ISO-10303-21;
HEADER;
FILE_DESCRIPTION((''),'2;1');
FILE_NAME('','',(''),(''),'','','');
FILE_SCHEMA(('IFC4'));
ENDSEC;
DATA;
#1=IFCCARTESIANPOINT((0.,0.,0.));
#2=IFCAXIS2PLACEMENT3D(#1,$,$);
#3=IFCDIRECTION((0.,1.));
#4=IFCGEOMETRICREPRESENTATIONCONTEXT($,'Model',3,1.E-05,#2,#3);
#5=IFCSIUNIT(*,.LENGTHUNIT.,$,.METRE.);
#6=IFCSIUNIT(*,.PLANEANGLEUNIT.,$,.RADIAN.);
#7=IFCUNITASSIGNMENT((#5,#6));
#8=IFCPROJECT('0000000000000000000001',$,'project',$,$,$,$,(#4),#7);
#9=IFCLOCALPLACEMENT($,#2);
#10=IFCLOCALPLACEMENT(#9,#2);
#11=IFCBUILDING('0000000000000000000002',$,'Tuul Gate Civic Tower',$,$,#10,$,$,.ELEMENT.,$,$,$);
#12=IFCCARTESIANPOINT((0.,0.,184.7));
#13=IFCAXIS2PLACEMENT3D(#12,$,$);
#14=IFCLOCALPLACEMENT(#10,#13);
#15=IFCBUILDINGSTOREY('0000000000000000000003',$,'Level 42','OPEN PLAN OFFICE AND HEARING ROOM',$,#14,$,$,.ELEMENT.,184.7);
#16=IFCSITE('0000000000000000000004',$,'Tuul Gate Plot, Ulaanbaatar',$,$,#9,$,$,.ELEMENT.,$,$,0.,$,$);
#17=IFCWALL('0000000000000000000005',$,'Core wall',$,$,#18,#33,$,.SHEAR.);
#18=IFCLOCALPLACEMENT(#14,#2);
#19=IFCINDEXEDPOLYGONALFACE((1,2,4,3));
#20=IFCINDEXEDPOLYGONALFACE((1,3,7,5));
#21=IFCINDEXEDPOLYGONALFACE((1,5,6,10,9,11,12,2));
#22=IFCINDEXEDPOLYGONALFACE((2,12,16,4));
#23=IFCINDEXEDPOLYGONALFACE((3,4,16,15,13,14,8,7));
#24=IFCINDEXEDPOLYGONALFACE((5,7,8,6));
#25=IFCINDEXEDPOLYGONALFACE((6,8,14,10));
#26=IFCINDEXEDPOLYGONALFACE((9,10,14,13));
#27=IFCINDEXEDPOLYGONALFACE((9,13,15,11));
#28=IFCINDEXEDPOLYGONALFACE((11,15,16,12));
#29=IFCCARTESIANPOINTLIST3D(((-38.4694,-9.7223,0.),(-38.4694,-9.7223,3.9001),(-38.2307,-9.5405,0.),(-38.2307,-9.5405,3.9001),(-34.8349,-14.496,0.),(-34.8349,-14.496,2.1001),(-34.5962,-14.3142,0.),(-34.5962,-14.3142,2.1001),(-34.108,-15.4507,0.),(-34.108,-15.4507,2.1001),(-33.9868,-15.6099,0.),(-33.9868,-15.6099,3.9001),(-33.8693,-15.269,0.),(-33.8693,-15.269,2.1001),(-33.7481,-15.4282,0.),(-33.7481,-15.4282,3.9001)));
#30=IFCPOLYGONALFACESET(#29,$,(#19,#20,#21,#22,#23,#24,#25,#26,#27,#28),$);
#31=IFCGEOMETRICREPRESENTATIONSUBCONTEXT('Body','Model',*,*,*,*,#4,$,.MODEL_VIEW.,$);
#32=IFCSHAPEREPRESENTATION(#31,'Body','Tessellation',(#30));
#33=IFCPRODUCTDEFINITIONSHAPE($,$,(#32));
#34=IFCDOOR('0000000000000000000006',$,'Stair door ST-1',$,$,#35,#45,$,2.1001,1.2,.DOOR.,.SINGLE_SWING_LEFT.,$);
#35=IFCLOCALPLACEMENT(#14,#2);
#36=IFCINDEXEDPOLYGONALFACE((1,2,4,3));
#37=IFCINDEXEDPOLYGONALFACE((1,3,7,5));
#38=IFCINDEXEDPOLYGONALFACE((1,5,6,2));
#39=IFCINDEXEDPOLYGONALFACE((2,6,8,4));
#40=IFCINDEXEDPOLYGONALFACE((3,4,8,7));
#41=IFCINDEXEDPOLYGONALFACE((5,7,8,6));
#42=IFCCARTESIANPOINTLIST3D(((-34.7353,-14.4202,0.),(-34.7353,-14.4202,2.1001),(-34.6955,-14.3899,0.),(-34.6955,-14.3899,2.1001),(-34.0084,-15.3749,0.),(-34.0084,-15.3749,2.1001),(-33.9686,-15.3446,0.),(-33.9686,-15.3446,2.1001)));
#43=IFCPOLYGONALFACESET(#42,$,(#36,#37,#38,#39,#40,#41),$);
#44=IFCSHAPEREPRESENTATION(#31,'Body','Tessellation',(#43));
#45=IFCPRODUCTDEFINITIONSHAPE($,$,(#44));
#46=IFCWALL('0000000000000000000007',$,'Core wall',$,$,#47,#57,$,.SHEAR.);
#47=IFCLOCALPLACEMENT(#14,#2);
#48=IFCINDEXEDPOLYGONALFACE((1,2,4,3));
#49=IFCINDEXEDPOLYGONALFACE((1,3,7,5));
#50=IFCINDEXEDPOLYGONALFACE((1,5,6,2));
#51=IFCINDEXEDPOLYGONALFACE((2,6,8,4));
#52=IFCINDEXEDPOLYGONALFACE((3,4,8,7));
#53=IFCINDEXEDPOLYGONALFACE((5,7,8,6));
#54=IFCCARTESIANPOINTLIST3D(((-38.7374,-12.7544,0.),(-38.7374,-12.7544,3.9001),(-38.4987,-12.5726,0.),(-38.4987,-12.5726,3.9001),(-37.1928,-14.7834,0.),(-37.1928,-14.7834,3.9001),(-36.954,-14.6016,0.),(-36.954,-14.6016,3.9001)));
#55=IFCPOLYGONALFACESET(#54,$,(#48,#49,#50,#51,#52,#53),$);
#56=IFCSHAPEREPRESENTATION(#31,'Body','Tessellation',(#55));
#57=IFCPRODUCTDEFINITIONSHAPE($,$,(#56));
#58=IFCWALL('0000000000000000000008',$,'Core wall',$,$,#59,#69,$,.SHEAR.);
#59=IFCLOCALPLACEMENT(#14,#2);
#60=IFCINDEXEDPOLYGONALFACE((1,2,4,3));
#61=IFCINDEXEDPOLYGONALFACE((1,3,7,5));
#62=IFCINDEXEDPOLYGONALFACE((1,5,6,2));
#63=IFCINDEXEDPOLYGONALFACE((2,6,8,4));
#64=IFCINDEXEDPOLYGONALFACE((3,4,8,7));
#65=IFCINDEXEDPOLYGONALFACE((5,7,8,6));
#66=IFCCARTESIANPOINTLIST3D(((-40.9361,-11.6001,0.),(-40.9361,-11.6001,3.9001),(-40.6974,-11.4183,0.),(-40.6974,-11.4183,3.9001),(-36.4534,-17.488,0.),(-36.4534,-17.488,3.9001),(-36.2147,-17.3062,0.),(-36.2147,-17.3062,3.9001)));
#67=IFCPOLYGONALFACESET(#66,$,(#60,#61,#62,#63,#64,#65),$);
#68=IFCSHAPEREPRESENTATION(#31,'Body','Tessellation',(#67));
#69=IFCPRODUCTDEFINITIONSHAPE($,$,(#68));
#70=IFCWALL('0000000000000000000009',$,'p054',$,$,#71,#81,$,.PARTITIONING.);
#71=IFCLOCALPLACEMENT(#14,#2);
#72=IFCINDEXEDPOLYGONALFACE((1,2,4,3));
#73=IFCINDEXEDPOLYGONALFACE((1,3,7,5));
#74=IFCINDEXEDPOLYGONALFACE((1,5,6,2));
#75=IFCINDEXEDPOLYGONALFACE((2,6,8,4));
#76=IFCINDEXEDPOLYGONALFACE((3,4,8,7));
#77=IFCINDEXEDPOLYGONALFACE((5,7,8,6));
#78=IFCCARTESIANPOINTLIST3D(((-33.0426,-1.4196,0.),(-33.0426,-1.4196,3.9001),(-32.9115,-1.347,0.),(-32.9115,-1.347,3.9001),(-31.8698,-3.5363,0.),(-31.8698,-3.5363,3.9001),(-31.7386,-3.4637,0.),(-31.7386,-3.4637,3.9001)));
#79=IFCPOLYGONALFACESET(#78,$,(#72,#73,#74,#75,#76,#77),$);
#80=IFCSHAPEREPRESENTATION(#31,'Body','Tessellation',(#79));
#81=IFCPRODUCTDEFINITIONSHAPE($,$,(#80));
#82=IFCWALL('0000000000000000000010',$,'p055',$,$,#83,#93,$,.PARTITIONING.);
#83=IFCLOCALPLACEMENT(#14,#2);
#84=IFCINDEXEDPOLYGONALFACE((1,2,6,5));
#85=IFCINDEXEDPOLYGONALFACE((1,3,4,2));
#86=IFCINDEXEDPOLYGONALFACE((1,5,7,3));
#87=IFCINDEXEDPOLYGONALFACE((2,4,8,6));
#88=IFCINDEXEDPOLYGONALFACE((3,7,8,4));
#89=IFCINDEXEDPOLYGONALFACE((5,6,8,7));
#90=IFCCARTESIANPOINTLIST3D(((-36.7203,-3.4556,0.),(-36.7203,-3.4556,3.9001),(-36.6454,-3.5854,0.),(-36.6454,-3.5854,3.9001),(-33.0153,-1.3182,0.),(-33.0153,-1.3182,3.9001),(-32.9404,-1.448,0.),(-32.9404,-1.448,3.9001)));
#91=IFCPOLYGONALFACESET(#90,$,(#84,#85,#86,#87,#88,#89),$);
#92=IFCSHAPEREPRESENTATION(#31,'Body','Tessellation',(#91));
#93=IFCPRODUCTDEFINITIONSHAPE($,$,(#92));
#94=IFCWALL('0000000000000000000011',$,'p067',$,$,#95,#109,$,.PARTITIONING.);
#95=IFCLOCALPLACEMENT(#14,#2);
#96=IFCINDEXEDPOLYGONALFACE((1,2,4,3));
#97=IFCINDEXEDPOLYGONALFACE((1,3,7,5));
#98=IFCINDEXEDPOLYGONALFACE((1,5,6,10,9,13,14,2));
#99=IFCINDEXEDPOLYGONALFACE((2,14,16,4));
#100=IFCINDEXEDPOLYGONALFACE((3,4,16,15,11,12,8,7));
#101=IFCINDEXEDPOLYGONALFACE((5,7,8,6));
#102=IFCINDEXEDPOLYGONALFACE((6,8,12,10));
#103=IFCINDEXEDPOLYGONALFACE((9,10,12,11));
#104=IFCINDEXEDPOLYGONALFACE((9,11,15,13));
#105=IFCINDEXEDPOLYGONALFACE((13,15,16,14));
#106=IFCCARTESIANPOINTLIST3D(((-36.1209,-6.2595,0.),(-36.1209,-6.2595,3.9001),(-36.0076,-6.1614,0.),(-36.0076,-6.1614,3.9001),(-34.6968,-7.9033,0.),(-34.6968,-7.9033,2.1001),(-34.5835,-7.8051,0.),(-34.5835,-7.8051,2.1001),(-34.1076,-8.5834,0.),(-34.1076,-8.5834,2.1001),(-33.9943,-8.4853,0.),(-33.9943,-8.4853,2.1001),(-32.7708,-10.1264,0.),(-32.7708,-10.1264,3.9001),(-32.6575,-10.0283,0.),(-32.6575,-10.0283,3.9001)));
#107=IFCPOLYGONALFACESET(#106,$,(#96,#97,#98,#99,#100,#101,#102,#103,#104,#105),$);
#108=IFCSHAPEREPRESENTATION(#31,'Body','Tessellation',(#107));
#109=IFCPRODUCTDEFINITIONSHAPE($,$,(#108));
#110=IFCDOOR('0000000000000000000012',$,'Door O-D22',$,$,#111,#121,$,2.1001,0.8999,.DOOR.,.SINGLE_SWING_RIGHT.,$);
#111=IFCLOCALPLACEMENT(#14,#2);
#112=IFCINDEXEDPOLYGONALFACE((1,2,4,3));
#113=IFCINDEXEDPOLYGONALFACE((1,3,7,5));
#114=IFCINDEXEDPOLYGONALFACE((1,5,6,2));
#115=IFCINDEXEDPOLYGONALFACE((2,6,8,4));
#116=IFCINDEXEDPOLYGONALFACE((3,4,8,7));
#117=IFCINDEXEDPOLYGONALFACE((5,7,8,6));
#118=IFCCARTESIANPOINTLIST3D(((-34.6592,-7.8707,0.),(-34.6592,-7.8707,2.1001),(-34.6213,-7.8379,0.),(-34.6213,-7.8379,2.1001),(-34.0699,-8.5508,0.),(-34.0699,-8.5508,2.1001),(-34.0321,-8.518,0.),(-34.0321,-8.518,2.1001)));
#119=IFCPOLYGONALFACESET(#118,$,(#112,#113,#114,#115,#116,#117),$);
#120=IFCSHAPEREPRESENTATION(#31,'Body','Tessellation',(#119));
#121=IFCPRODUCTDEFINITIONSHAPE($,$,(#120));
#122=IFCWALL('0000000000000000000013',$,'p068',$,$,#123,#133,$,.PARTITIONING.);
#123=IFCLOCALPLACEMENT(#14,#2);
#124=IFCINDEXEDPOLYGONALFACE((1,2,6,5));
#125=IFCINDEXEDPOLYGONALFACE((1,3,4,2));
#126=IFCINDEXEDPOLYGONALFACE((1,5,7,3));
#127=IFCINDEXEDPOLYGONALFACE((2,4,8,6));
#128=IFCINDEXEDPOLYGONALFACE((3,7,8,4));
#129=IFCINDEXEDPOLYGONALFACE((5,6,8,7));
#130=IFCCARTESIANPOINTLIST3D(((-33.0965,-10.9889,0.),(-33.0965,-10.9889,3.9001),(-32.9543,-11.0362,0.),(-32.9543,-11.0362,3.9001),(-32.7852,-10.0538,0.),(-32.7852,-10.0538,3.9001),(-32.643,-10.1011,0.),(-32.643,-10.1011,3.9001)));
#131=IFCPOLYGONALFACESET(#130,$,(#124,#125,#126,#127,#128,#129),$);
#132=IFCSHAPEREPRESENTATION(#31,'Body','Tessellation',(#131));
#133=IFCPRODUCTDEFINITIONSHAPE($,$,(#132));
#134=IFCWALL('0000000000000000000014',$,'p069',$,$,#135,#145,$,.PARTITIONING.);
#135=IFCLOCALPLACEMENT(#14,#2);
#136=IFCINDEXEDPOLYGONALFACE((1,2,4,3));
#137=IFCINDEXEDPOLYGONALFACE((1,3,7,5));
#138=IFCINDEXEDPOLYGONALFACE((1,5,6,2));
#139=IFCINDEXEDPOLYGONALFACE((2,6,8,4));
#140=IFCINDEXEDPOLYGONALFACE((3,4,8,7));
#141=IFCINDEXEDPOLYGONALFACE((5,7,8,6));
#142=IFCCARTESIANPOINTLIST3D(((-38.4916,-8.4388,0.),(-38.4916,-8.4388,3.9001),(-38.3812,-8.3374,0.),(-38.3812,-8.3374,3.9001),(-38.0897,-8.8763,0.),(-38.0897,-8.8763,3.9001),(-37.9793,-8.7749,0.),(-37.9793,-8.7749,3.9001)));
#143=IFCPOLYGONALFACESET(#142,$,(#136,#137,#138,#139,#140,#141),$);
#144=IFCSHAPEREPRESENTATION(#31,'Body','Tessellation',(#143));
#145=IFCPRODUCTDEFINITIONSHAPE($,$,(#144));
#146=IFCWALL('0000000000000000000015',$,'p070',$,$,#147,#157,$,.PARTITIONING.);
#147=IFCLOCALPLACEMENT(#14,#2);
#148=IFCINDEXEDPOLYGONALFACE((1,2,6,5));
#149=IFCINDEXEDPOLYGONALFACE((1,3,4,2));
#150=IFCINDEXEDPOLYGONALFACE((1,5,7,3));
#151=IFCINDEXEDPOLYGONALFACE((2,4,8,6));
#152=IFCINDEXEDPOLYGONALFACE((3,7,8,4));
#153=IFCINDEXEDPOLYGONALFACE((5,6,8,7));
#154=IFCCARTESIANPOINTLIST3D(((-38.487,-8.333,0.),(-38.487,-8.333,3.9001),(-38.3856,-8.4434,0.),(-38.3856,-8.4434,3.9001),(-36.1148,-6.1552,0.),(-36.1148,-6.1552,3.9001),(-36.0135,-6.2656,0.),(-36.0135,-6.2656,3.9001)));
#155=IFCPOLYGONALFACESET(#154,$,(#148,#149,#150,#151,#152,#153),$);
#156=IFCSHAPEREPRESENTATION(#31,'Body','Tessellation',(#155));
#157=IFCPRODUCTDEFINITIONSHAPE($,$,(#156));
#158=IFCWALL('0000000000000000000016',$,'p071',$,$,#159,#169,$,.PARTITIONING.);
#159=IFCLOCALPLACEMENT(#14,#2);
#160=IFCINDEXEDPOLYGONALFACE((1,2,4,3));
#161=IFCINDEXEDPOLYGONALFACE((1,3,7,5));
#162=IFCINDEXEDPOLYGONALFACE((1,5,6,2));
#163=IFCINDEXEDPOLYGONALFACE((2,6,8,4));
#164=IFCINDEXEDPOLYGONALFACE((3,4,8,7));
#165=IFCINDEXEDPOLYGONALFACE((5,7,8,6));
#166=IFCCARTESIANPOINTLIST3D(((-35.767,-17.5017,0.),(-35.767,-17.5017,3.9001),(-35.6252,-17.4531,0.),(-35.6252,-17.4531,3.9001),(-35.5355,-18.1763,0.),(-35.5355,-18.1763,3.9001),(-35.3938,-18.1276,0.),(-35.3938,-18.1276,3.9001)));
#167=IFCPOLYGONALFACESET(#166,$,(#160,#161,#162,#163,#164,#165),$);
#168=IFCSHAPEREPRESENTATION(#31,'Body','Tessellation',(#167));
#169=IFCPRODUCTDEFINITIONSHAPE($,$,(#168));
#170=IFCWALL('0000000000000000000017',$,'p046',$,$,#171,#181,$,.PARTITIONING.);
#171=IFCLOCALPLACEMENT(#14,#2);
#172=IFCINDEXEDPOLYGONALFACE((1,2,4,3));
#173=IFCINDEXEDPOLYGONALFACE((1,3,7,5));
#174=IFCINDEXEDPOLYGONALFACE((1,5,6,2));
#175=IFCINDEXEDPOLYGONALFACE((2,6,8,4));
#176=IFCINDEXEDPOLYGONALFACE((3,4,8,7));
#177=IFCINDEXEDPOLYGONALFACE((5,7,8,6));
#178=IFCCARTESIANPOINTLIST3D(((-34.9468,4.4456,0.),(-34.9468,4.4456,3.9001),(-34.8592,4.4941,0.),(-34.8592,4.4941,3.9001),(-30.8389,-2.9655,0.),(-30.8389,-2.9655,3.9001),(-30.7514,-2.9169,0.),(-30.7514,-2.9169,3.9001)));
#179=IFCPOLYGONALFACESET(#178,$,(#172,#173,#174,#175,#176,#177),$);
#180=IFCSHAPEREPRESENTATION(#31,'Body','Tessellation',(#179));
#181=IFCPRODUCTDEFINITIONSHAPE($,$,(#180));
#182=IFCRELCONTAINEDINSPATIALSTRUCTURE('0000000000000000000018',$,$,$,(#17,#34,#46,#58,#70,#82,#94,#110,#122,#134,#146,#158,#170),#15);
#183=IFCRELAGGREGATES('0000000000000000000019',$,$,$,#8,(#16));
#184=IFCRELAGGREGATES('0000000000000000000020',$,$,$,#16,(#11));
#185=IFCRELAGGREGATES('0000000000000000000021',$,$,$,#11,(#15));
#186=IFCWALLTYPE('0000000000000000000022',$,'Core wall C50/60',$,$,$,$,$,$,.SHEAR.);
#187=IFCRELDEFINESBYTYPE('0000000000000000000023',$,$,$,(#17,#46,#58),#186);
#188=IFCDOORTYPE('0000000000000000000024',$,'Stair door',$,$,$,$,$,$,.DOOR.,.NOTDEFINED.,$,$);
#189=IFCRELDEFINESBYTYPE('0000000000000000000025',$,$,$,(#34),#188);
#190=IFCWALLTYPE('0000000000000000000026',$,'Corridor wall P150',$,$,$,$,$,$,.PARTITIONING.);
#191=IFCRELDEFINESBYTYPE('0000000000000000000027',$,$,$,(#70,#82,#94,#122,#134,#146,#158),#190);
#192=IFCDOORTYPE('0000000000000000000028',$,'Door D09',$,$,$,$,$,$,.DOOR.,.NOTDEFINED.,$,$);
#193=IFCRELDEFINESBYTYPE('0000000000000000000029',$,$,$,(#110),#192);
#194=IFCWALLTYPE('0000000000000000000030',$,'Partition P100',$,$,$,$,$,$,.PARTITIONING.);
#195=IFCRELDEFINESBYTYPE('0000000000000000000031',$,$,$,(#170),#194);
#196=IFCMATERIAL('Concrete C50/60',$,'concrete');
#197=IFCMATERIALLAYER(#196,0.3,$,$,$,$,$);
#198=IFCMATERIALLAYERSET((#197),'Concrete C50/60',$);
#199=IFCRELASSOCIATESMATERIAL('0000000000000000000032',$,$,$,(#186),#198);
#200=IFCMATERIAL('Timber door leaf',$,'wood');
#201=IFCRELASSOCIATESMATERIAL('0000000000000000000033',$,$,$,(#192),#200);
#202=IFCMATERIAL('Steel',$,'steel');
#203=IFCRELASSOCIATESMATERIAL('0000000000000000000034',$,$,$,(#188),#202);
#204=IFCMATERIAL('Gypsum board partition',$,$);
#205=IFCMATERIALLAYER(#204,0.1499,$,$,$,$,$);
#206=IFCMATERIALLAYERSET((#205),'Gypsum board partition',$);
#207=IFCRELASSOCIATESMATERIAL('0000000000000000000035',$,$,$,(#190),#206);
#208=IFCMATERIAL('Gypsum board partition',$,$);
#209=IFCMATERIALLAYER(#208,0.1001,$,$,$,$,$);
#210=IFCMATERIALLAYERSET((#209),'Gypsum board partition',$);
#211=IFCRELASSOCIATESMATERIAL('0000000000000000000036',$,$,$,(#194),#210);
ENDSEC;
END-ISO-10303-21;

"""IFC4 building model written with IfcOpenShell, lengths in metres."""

from ifc_helpers import new_model, si_unit, direction, frame, frame_2d, origin, place, context, subcontext, project, spatial, rectangle, extrude, material, layer, layer_set, type_object, element, fill, save


model = new_model("IFC4")

# Units and contexts
model_context = context("Model", 3, precision=1e-05, world=origin(), true_north=direction((0.0, 1.0)))
body_context = subcontext(model_context, "Body", "Model", "MODEL_VIEW")
ifc_project = project(units=[si_unit("LENGTHUNIT", "METRE"), si_unit("PLANEANGLEUNIT", "RADIAN")], contexts=[model_context])

# Site, building, storey
site_placement = place(None, origin())
site = spatial("IfcSite", under=ifc_project, at=site_placement, Name="Tuul Gate Plot, Ulaanbaatar", CompositionType="ELEMENT", RefElevation=0.0)
building_placement = place(site_placement, origin())
building = spatial("IfcBuilding", under=site, at=building_placement, Name="Tuul Gate Civic Tower", CompositionType="ELEMENT")
storey_placement = place(building_placement, frame((0.0, 0.0, 184.7)))
storey = spatial("IfcBuildingStorey", under=building, at=storey_placement, Name="Level 42", Description="OPEN PLAN OFFICE AND HEARING ROOM", CompositionType="ELEMENT", Elevation=184.7)

# Shared definitions
ifc_material_1 = material(Name="Concrete C50/60", Category="concrete")
ifc_layer_1 = layer(ifc_material_1, 0.3)
ifc_layer_set_1 = layer_set([ifc_layer_1], Name="Concrete C50/60")
wall_type_1 = type_object("IfcWallType", Name="Core wall C50/60", PredefinedType="SHEAR", material=ifc_layer_set_1)

# Wall, opening, door
ifc_material_2 = material(Name="Timber door leaf", Category="wood")
door_type_1 = type_object("IfcDoorType", Name="Door D09", OperationType="NOTDEFINED", PredefinedType="DOOR", material=ifc_material_2)
wall_1_placement = place(storey_placement, frame((-33.8674, -15.519, 0.0), z_axis=(0.0, 0.0, 1.0), x_axis=(-0.60577, 0.79564, 0.0)))
wall_1 = element("IfcWall", 1, at=wall_1_placement, inside=storey, type_object=wall_type_1, Name="Core wall", PredefinedType="SHEAR", context=body_context, shape_type="SweptSolid", body=[
    extrude(rectangle(XDim=7.3999, YDim=0.3, at=frame_2d((3.7, 0.0))), origin(), (0.0, 0.0, 1.0), 3.9001),
])
opening_1_placement = place(wall_1_placement, frame((0.2, 0.0, 0.0)))
opening_1 = element("IfcOpeningElement", 2, at=opening_1_placement, cuts=wall_1, PredefinedType="OPENING", context=body_context, shape_type="SweptSolid", body=[
    extrude(rectangle(XDim=1.2, YDim=2.1001, at=frame_2d((0.6001, 1.05))), frame((0.0, 0.1602, 0.0), z_axis=(0.0, -1.0, 0.0), x_axis=(1.0, 0.0, 0.0)), (0.0, 0.0, 1.0), 0.3201),
])
ifc_material_3 = material(Name="Steel", Category="steel")
door_type_2 = type_object("IfcDoorType", Name="Stair door", OperationType="NOTDEFINED", PredefinedType="DOOR", material=ifc_material_3)
door_1_placement = place(opening_1_placement, origin())
door_1 = element("IfcDoor", 3, at=door_1_placement, inside=storey, type_object=door_type_2, Name="Stair door ST-1", OperationType="SINGLE_SWING_LEFT", OverallHeight=2.1001, OverallWidth=1.2, PredefinedType="DOOR", context=body_context, shape_type="SweptSolid", body=[
    extrude(rectangle(XDim=1.2, YDim=2.1001, at=frame_2d((0.6001, 1.05))), frame((0.0, 0.0249, 0.0), z_axis=(0.0, -1.0, 0.0), x_axis=(1.0, 0.0, 0.0)), (0.0, 0.0, 1.0), 0.05),
])
fill(opening_1, door_1)

# Walls
wall_2_placement = place(storey_placement, frame((-37.0735, -14.6924, 0.0), z_axis=(0.0, 0.0, 1.0), x_axis=(-0.605729, 0.795671, 0.0)))
element("IfcWall", 4, at=wall_2_placement, inside=storey, type_object=wall_type_1, Name="Core wall", PredefinedType="SHEAR", context=body_context, shape_type="SweptSolid", body=[
    extrude(rectangle(XDim=2.55, YDim=0.3, at=frame_2d((1.2749, 0.0))), origin(), (0.0, 0.0, 1.0), 3.9001),
])
wall_3_placement = place(storey_placement, frame((-36.334, -17.3972, 0.0), z_axis=(0.0, 0.0, 1.0), x_axis=(-0.605754, 0.795652, 0.0)))
element("IfcWall", 5, at=wall_3_placement, inside=storey, type_object=wall_type_1, Name="Core wall", PredefinedType="SHEAR", context=body_context, shape_type="SweptSolid", body=[
    extrude(rectangle(XDim=7.4001, YDim=0.3, at=frame_2d((3.7002, 0.0))), origin(), (0.0, 0.0, 1.0), 3.9001),
])
ifc_material_4 = material(Name="Gypsum board partition")
ifc_layer_2 = layer(ifc_material_4, 0.1499)
ifc_layer_set_2 = layer_set([ifc_layer_2], Name="Gypsum board partition")
wall_type_2 = type_object("IfcWallType", Name="Corridor wall P150", PredefinedType="PARTITIONING", material=ifc_layer_set_2)
wall_4_placement = place(storey_placement, frame((-32.9771, -1.3833, 0.0), z_axis=(0.0, 0.0, 1.0), x_axis=(0.484666, -0.874699, 0.0)))
element("IfcWall", 6, at=wall_4_placement, inside=storey, type_object=wall_type_2, Name="p054", PredefinedType="PARTITIONING", context=body_context, shape_type="SweptSolid", body=[
    extrude(rectangle(XDim=2.4199, YDim=0.1499, at=frame_2d((1.21, 0.0))), origin(), (0.0, 0.0, 1.0), 3.9001),
])
wall_5_placement = place(storey_placement, frame((-36.6829, -3.5205, 0.0), z_axis=(0.0, 0.0, 1.0), x_axis=(0.866195, 0.499706, 0.0)))
element("IfcWall", 7, at=wall_5_placement, inside=storey, type_object=wall_type_2, Name="p055", PredefinedType="PARTITIONING", context=body_context, shape_type="SweptSolid", body=[
    extrude(rectangle(XDim=4.2773, YDim=0.1499, at=frame_2d((2.1387, 0.0))), origin(), (0.0, 0.0, 1.0), 3.9001),
])

# Wall, opening, door
wall_6_placement = place(storey_placement, frame((-36.0642, -6.2104, 0.0), z_axis=(0.0, 0.0, 1.0), x_axis=(0.654791, -0.75581, 0.0)))
wall_6 = element("IfcWall", 8, at=wall_6_placement, inside=storey, type_object=wall_type_2, Name="p067", PredefinedType="PARTITIONING", context=body_context, shape_type="SweptSolid", body=[
    extrude(rectangle(XDim=5.1162, YDim=0.1499, at=frame_2d((2.5581, 0.0))), origin(), (0.0, 0.0, 1.0), 3.9001),
])
opening_2_placement = place(wall_6_placement, frame((2.1748, 0.0, 0.0)))
opening_2 = element("IfcOpeningElement", 9, at=opening_2_placement, cuts=wall_6, PredefinedType="OPENING", context=body_context, shape_type="SweptSolid", body=[
    extrude(rectangle(XDim=0.8999, YDim=2.1001, at=frame_2d((0.45, 1.05))), frame((0.0, 0.085, 0.0), z_axis=(0.0, -1.0, 0.0), x_axis=(1.0, 0.0, 0.0)), (0.0, 0.0, 1.0), 0.1699),
])
door_2_placement = place(opening_2_placement, origin())
door_2 = element("IfcDoor", 10, at=door_2_placement, inside=storey, type_object=door_type_1, Name="Door O-D22", OperationType="SINGLE_SWING_RIGHT", OverallHeight=2.1001, OverallWidth=0.8999, PredefinedType="DOOR", context=body_context, shape_type="SweptSolid", body=[
    extrude(rectangle(XDim=0.8999, YDim=2.1001, at=frame_2d((0.45, 1.05))), frame((0.0, 0.0249, 0.0), z_axis=(0.0, -1.0, 0.0), x_axis=(1.0, 0.0, 0.0)), (0.0, 0.0, 1.0), 0.05),
])
fill(opening_2, door_2)

# Walls
wall_7_placement = place(storey_placement, frame((-33.0254, -11.0125, 0.0), z_axis=(0.0, 0.0, 1.0), x_axis=(0.315856, 0.948807, 0.0)))
element("IfcWall", 11, at=wall_7_placement, inside=storey, type_object=wall_type_2, Name="p068", PredefinedType="PARTITIONING", context=body_context, shape_type="SweptSolid", body=[
    extrude(rectangle(XDim=0.9856, YDim=0.1499, at=frame_2d((0.4927, 0.0))), origin(), (0.0, 0.0, 1.0), 3.9001),
])
wall_8_placement = place(storey_placement, frame((-38.4363, -8.3882, 0.0), z_axis=(0.0, 0.0, 1.0), x_axis=(0.676469, -0.736471, 0.0)))
element("IfcWall", 12, at=wall_8_placement, inside=storey, type_object=wall_type_2, Name="p069", PredefinedType="PARTITIONING", context=body_context, shape_type="SweptSolid", body=[
    extrude(rectangle(XDim=0.594, YDim=0.1499, at=frame_2d((0.2969, 0.0))), origin(), (0.0, 0.0, 1.0), 3.9001),
])
wall_9_placement = place(storey_placement, frame((-38.4363, -8.3882, 0.0), z_axis=(0.0, 0.0, 1.0), x_axis=(0.736638, 0.676287, 0.0)))
element("IfcWall", 13, at=wall_9_placement, inside=storey, type_object=wall_type_2, Name="p070", PredefinedType="PARTITIONING", context=body_context, shape_type="SweptSolid", body=[
    extrude(rectangle(XDim=3.2202, YDim=0.1499, at=frame_2d((1.6101, 0.0))), origin(), (0.0, 0.0, 1.0), 3.9001),
])
wall_10_placement = place(storey_placement, frame((-35.696, -17.4775, 0.0), z_axis=(0.0, 0.0, 1.0), x_axis=(0.324534, -0.945874, 0.0)))
element("IfcWall", 14, at=wall_10_placement, inside=storey, type_object=wall_type_2, Name="p071", PredefinedType="PARTITIONING", context=body_context, shape_type="SweptSolid", body=[
    extrude(rectangle(XDim=0.7131, YDim=0.1499, at=frame_2d((0.3564, 0.0))), origin(), (0.0, 0.0, 1.0), 3.9001),
])
ifc_material_5 = material(Name="Gypsum board partition")
ifc_layer_3 = layer(ifc_material_5, 0.1001)
ifc_layer_set_3 = layer_set([ifc_layer_3], Name="Gypsum board partition")
wall_type_3 = type_object("IfcWallType", Name="Partition P100", PredefinedType="PARTITIONING", material=ifc_layer_set_3)
wall_11_placement = place(storey_placement, frame((-34.9031, 4.47, 0.0), z_axis=(0.0, 0.0, 1.0), x_axis=(0.484796, -0.874627, 0.0)))
element("IfcWall", 15, at=wall_11_placement, inside=storey, type_object=wall_type_3, Name="p046", PredefinedType="PARTITIONING", context=body_context, shape_type="SweptSolid", body=[
    extrude(rectangle(XDim=8.4734, YDim=0.1001, at=frame_2d((4.2368, 0.0))), origin(), (0.0, 0.0, 1.0), 3.9001),
])

save(model, "model.ifc")
